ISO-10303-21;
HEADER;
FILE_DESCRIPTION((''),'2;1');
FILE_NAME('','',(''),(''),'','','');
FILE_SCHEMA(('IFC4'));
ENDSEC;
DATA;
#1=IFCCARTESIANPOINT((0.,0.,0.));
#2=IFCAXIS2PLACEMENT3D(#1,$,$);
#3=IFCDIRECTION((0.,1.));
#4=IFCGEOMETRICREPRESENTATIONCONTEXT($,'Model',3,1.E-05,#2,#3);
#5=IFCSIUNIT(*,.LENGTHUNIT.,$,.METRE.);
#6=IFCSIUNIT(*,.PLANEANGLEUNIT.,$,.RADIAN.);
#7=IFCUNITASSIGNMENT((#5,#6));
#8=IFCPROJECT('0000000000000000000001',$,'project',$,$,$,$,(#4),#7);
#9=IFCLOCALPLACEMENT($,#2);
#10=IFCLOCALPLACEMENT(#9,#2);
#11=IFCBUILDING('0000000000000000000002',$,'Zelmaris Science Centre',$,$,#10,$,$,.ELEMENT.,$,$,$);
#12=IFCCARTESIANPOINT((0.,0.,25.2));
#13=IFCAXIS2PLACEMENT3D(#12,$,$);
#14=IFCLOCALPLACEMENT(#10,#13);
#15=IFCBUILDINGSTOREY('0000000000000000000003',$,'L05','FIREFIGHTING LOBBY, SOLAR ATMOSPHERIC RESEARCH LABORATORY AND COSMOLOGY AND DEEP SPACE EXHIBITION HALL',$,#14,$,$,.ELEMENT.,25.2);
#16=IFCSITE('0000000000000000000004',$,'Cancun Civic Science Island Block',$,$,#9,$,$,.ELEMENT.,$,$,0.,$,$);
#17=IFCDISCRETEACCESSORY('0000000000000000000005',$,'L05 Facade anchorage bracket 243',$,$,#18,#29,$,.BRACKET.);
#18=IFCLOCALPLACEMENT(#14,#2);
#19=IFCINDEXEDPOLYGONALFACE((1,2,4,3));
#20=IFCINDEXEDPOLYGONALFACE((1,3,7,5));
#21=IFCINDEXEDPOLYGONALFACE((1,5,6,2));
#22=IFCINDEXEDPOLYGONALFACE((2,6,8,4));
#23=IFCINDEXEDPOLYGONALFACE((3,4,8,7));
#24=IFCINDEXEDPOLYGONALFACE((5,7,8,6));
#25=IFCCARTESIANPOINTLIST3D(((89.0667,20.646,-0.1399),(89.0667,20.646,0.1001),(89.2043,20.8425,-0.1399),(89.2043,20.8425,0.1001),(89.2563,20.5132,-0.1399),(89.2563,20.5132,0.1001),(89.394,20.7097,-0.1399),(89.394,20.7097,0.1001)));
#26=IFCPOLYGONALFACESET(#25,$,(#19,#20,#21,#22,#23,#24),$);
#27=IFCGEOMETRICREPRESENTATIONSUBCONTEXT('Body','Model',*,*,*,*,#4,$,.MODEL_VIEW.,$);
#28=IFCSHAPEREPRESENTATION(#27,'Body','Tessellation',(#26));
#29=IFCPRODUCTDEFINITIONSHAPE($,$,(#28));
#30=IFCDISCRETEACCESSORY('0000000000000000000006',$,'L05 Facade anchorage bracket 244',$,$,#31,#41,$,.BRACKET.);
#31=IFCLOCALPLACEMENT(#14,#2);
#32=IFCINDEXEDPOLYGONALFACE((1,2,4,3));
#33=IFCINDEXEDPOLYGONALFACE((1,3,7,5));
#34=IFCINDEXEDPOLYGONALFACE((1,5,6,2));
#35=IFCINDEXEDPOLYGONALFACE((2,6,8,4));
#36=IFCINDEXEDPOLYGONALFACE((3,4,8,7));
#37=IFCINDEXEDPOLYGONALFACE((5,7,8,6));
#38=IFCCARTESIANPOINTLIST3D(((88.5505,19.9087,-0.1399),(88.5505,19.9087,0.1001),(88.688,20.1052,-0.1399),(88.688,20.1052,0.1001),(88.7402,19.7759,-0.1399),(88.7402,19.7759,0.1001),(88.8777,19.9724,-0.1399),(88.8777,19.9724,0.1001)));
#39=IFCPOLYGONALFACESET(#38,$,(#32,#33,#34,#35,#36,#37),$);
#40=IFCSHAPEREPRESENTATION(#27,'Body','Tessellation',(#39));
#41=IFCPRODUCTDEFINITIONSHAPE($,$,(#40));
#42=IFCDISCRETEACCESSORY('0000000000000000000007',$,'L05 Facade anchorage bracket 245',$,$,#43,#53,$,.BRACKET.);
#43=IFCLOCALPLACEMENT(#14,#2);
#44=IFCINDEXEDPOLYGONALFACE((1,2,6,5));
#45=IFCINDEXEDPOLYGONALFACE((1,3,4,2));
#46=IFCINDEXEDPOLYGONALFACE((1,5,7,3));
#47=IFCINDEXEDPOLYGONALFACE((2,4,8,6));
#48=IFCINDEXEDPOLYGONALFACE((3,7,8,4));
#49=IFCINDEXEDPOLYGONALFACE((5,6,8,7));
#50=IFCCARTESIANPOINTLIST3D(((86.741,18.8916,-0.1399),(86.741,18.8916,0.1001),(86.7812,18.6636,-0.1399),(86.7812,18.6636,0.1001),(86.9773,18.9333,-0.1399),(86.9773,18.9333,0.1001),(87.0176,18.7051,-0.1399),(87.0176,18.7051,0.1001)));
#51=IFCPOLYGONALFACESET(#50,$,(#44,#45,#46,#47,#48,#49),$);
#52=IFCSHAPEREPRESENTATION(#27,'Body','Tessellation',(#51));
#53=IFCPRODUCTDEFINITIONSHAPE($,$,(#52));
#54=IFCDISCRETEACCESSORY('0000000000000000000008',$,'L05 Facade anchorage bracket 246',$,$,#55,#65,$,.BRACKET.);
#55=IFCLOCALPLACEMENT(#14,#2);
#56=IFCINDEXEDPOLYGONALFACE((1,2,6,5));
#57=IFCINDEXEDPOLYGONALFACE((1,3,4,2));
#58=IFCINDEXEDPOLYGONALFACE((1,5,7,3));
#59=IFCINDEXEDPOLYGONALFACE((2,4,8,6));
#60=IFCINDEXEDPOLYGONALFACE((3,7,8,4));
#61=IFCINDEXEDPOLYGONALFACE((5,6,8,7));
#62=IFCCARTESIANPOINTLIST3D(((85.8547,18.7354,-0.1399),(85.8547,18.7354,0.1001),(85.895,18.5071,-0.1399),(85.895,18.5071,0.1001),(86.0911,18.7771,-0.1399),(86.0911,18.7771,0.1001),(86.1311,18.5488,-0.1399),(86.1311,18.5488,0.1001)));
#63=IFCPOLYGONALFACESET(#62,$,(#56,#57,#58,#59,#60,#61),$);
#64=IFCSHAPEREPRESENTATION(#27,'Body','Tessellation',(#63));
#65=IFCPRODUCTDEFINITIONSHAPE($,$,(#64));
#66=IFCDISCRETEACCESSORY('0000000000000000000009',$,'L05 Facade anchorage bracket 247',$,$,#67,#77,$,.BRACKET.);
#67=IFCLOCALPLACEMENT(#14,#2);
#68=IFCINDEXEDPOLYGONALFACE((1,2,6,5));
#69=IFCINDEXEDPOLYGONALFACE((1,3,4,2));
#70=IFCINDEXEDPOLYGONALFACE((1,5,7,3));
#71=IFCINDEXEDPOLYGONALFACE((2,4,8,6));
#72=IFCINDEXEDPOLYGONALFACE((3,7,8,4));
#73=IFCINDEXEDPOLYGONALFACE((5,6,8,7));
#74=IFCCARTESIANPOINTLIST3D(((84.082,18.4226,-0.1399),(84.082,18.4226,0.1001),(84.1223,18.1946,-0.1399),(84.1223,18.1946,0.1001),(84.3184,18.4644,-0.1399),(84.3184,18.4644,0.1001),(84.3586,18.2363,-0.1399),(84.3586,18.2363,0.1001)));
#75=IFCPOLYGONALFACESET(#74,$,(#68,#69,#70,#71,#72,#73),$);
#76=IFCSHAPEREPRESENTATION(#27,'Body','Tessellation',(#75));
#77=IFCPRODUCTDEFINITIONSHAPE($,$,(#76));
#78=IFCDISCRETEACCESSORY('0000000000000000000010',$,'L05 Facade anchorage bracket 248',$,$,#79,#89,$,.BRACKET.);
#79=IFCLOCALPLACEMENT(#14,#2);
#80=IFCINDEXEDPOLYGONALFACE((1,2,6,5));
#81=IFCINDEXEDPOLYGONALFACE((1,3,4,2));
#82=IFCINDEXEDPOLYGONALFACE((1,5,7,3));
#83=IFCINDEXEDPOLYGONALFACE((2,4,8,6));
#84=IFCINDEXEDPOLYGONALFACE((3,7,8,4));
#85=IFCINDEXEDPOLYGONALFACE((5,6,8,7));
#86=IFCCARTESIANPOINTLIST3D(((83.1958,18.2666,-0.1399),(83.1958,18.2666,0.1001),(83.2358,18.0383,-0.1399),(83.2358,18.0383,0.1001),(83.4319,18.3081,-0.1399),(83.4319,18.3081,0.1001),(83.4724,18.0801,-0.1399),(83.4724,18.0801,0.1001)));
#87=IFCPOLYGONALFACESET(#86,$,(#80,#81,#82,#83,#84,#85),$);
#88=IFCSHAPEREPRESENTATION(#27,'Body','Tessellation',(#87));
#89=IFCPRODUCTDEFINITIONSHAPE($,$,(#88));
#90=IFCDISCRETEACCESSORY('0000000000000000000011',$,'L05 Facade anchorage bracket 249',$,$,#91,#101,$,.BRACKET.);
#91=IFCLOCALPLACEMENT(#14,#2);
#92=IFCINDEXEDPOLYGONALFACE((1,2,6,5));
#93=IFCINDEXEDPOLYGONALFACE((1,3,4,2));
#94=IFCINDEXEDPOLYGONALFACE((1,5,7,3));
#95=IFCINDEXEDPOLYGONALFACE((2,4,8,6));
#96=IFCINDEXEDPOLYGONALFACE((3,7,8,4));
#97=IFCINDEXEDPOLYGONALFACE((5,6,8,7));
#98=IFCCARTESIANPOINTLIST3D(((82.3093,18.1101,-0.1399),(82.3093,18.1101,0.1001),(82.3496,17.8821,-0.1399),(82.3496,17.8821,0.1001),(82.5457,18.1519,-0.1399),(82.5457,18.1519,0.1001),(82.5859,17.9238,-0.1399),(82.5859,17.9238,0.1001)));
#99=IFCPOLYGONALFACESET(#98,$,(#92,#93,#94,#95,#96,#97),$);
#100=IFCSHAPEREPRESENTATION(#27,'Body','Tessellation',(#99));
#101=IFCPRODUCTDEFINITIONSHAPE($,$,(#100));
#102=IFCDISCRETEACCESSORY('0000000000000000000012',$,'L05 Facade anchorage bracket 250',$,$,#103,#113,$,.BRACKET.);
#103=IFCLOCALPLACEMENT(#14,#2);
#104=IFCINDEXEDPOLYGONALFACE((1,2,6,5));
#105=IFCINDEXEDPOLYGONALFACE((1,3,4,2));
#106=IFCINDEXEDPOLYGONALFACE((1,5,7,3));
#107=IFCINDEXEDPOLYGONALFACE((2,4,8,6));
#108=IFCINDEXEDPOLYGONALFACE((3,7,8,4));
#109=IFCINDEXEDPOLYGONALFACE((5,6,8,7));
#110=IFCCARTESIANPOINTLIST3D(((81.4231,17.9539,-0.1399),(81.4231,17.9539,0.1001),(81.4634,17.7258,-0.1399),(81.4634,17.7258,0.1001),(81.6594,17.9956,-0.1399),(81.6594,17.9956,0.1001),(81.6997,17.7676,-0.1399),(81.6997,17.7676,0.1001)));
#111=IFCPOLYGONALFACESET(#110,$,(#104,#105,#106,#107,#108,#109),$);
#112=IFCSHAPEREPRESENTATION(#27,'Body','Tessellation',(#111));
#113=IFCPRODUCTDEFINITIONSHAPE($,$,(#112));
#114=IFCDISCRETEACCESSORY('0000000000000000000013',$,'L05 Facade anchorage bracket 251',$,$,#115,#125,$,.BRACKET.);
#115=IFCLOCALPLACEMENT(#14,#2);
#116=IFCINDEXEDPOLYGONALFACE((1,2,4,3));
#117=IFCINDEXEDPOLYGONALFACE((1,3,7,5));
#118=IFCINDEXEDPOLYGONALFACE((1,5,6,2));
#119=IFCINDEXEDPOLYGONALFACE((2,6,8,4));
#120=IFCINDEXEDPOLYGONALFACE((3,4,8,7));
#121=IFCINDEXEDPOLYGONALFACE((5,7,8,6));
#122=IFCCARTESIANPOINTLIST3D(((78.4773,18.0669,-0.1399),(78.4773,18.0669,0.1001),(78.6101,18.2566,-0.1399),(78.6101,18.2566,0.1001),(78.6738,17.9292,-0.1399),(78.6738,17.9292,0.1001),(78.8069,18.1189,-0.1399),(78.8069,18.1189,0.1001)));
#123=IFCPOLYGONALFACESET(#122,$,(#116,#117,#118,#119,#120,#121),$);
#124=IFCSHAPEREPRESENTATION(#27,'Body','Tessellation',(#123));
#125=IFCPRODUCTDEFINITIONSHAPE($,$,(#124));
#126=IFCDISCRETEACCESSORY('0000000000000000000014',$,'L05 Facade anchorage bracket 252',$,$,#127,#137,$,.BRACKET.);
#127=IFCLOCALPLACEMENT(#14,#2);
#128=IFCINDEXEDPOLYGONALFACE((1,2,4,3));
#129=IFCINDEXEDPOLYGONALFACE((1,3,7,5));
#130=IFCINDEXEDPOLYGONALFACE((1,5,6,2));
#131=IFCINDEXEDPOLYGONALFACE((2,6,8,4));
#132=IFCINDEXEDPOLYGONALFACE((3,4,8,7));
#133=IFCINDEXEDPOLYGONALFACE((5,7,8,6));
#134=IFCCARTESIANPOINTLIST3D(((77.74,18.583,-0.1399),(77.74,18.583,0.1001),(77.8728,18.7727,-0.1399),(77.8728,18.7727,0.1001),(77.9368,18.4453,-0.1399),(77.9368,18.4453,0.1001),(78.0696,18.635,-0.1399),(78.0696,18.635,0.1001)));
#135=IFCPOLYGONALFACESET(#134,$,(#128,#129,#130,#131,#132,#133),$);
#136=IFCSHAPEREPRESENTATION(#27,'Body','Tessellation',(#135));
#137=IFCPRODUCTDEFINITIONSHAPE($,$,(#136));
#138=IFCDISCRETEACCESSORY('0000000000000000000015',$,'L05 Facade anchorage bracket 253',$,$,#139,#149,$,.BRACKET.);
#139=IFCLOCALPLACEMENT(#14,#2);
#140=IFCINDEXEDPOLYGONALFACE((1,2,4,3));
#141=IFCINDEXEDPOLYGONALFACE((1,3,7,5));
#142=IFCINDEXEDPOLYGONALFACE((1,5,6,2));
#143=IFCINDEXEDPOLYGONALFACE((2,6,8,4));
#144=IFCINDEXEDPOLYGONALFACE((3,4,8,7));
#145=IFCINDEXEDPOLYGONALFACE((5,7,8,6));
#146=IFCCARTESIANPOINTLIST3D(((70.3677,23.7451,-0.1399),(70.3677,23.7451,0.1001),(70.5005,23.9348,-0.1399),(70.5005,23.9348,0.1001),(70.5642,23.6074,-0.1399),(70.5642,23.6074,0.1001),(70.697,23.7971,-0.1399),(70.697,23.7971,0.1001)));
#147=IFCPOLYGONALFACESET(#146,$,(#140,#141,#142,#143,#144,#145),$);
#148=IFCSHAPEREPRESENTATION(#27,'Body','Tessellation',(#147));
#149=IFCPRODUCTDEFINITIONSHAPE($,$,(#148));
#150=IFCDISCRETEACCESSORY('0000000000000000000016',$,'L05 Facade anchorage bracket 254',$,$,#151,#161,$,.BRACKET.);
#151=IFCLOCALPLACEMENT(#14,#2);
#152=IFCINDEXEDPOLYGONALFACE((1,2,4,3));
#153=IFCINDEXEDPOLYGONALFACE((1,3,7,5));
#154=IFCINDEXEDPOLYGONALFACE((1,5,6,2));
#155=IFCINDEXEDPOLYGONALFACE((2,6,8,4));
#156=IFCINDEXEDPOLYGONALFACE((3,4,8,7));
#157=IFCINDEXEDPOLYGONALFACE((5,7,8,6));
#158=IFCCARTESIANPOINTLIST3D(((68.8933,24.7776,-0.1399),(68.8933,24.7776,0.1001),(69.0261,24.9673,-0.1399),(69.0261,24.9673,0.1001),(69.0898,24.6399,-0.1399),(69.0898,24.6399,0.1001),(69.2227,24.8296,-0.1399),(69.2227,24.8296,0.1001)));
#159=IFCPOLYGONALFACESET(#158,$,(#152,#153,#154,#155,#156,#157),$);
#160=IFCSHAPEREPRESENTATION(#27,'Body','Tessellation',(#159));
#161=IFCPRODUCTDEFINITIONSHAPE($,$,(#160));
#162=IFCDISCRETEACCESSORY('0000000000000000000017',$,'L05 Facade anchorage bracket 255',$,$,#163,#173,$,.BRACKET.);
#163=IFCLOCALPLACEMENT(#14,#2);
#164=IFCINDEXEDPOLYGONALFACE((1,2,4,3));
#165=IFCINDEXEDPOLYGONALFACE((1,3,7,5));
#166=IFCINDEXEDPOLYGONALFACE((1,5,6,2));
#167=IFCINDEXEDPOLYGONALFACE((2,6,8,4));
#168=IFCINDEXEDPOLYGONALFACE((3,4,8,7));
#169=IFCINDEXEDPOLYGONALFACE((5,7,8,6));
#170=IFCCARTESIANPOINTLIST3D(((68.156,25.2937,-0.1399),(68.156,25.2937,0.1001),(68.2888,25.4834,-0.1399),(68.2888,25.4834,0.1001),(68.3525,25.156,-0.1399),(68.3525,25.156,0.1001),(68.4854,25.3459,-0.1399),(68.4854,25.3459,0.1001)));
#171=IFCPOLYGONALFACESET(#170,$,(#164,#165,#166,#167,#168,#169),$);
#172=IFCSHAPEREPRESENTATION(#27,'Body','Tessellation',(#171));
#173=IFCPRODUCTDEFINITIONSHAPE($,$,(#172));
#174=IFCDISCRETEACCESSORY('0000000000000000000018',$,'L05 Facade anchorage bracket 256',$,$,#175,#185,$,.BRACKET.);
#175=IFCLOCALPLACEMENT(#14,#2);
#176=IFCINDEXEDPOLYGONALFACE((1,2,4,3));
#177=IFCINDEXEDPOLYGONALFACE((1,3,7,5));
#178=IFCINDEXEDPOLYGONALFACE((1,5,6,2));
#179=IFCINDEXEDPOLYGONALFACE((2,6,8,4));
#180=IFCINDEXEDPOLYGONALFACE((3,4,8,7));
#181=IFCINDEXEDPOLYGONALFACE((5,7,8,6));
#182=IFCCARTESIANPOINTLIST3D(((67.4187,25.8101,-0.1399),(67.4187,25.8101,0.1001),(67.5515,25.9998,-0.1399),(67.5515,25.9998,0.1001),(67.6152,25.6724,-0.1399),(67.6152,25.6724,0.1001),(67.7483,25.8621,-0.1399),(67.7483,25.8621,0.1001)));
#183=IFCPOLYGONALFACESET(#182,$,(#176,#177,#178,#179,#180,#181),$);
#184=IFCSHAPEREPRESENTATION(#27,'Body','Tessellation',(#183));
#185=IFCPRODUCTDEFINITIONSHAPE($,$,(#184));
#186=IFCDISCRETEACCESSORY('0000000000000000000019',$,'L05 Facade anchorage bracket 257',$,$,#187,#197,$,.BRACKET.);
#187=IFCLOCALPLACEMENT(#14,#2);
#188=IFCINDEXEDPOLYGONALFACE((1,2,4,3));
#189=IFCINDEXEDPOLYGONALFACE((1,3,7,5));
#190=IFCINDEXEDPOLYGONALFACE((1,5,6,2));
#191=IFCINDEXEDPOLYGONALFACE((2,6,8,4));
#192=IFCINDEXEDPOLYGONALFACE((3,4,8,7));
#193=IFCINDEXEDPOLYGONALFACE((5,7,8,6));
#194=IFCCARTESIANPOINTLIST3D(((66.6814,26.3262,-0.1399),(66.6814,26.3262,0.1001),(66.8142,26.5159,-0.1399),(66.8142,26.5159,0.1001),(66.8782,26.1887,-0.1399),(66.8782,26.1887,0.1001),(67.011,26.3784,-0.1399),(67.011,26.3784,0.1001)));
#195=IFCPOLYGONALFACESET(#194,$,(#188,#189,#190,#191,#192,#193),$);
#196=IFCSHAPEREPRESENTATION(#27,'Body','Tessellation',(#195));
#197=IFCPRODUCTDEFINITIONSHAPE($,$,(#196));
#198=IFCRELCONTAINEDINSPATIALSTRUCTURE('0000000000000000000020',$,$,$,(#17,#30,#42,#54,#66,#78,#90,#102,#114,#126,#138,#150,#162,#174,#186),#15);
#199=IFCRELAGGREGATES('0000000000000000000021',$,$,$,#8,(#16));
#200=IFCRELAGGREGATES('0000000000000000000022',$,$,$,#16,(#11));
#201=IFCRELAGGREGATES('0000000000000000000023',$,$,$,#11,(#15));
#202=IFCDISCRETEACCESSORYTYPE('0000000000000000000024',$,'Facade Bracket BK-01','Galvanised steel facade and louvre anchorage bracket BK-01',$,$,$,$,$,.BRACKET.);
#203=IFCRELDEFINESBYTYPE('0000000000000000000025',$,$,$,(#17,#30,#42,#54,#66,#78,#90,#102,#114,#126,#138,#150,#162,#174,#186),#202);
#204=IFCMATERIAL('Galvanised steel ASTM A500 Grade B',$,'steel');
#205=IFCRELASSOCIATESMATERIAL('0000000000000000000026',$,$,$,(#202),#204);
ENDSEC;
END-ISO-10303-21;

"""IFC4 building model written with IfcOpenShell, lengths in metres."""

from ifc_helpers import new_model, si_unit, direction, frame, origin, place, context, subcontext, project, spatial, polyline, outline, extrude, material, type_object, element, save


model = new_model("IFC4")

# Units and contexts
model_context = context("Model", 3, precision=1e-05, world=origin(), true_north=direction((0.0, 1.0)))
body_context = subcontext(model_context, "Body", "Model", "MODEL_VIEW")
ifc_project = project(units=[si_unit("LENGTHUNIT", "METRE"), si_unit("PLANEANGLEUNIT", "RADIAN")], contexts=[model_context])

# Site, building, storey
site_placement = place(None, origin())
site = spatial("IfcSite", under=ifc_project, at=site_placement, Name="Cancun Civic Science Island Block", CompositionType="ELEMENT", RefElevation=0.0)
building_placement = place(site_placement, origin())
building = spatial("IfcBuilding", under=site, at=building_placement, Name="Zelmaris Science Centre", CompositionType="ELEMENT")
storey_placement = place(building_placement, frame((0.0, 0.0, 25.2)))
storey = spatial("IfcBuildingStorey", under=building, at=storey_placement, Name="L05", Description="FIREFIGHTING LOBBY, SOLAR ATMOSPHERIC RESEARCH LABORATORY AND COSMOLOGY AND DEEP SPACE EXHIBITION HALL", CompositionType="ELEMENT", Elevation=25.2)

# Discrete accessories
ifc_material = material(Name="Galvanised steel ASTM A500 Grade B", Category="steel")
discrete_accessory_type = type_object("IfcDiscreteAccessoryType", Name="Facade Bracket BK-01", Description="Galvanised steel facade and louvre anchorage bracket BK-01", PredefinedType="BRACKET", material=ifc_material)
discrete_accessory_1_placement = place(storey_placement, frame((0.0, 0.0, -0.1399)))
element("IfcDiscreteAccessory", 1, at=discrete_accessory_1_placement, inside=storey, type_object=discrete_accessory_type, Name="L05 Facade anchorage bracket 243", PredefinedType="BRACKET", context=body_context, shape_type="SweptSolid", body=[
    extrude(outline(polyline([(89.2043, 20.8425), (89.0667, 20.646), (89.2563, 20.5132), (89.394, 20.7097), (89.2043, 20.8425)])), origin(), (0.0, 0.0, 1.0), 0.24),
])
discrete_accessory_2_placement = place(storey_placement, frame((0.0, 0.0, -0.1399)))
element("IfcDiscreteAccessory", 2, at=discrete_accessory_2_placement, inside=storey, type_object=discrete_accessory_type, Name="L05 Facade anchorage bracket 244", PredefinedType="BRACKET", context=body_context, shape_type="SweptSolid", body=[
    extrude(outline(polyline([(88.688, 20.1052), (88.5505, 19.9087), (88.7402, 19.7759), (88.8777, 19.9724), (88.688, 20.1052)])), origin(), (0.0, 0.0, 1.0), 0.24),
])
discrete_accessory_3_placement = place(storey_placement, frame((0.0, 0.0, -0.1399)))
element("IfcDiscreteAccessory", 3, at=discrete_accessory_3_placement, inside=storey, type_object=discrete_accessory_type, Name="L05 Facade anchorage bracket 245", PredefinedType="BRACKET", context=body_context, shape_type="SweptSolid", body=[
    extrude(outline(polyline([(86.9773, 18.9333), (86.741, 18.8916), (86.7812, 18.6636), (87.0176, 18.7051), (86.9773, 18.9333)])), origin(), (0.0, 0.0, 1.0), 0.24),
])
discrete_accessory_4_placement = place(storey_placement, frame((0.0, 0.0, -0.1399)))
element("IfcDiscreteAccessory", 4, at=discrete_accessory_4_placement, inside=storey, type_object=discrete_accessory_type, Name="L05 Facade anchorage bracket 246", PredefinedType="BRACKET", context=body_context, shape_type="SweptSolid", body=[
    extrude(outline(polyline([(86.0911, 18.7771), (85.8547, 18.7354), (85.895, 18.5071), (86.1311, 18.5488), (86.0911, 18.7771)])), origin(), (0.0, 0.0, 1.0), 0.24),
])
discrete_accessory_5_placement = place(storey_placement, frame((0.0, 0.0, -0.1399)))
element("IfcDiscreteAccessory", 5, at=discrete_accessory_5_placement, inside=storey, type_object=discrete_accessory_type, Name="L05 Facade anchorage bracket 247", PredefinedType="BRACKET", context=body_context, shape_type="SweptSolid", body=[
    extrude(outline(polyline([(84.3184, 18.4644), (84.082, 18.4226), (84.1223, 18.1946), (84.3586, 18.2363), (84.3184, 18.4644)])), origin(), (0.0, 0.0, 1.0), 0.24),
])
discrete_accessory_6_placement = place(storey_placement, frame((0.0, 0.0, -0.1399)))
element("IfcDiscreteAccessory", 6, at=discrete_accessory_6_placement, inside=storey, type_object=discrete_accessory_type, Name="L05 Facade anchorage bracket 248", PredefinedType="BRACKET", context=body_context, shape_type="SweptSolid", body=[
    extrude(outline(polyline([(83.4319, 18.3081), (83.1958, 18.2666), (83.2358, 18.0383), (83.4724, 18.0801), (83.4319, 18.3081)])), origin(), (0.0, 0.0, 1.0), 0.24),
])
discrete_accessory_7_placement = place(storey_placement, frame((0.0, 0.0, -0.1399)))
element("IfcDiscreteAccessory", 7, at=discrete_accessory_7_placement, inside=storey, type_object=discrete_accessory_type, Name="L05 Facade anchorage bracket 249", PredefinedType="BRACKET", context=body_context, shape_type="SweptSolid", body=[
    extrude(outline(polyline([(82.5457, 18.1519), (82.3093, 18.1101), (82.3496, 17.8821), (82.5859, 17.9238), (82.5457, 18.1519)])), origin(), (0.0, 0.0, 1.0), 0.24),
])
discrete_accessory_8_placement = place(storey_placement, frame((0.0, 0.0, -0.1399)))
element("IfcDiscreteAccessory", 8, at=discrete_accessory_8_placement, inside=storey, type_object=discrete_accessory_type, Name="L05 Facade anchorage bracket 250", PredefinedType="BRACKET", context=body_context, shape_type="SweptSolid", body=[
    extrude(outline(polyline([(81.6594, 17.9956), (81.4231, 17.9539), (81.4634, 17.7258), (81.6997, 17.7676), (81.6594, 17.9956)])), origin(), (0.0, 0.0, 1.0), 0.24),
])
discrete_accessory_9_placement = place(storey_placement, frame((0.0, 0.0, -0.1399)))
element("IfcDiscreteAccessory", 9, at=discrete_accessory_9_placement, inside=storey, type_object=discrete_accessory_type, Name="L05 Facade anchorage bracket 251", PredefinedType="BRACKET", context=body_context, shape_type="SweptSolid", body=[
    extrude(outline(polyline([(78.8069, 18.1189), (78.6101, 18.2566), (78.4773, 18.0669), (78.6738, 17.9292), (78.8069, 18.1189)])), origin(), (0.0, 0.0, 1.0), 0.24),
])
discrete_accessory_10_placement = place(storey_placement, frame((0.0, 0.0, -0.1399)))
element("IfcDiscreteAccessory", 10, at=discrete_accessory_10_placement, inside=storey, type_object=discrete_accessory_type, Name="L05 Facade anchorage bracket 252", PredefinedType="BRACKET", context=body_context, shape_type="SweptSolid", body=[
    extrude(outline(polyline([(78.0696, 18.635), (77.8728, 18.7727), (77.74, 18.583), (77.9368, 18.4453), (78.0696, 18.635)])), origin(), (0.0, 0.0, 1.0), 0.24),
])
discrete_accessory_11_placement = place(storey_placement, frame((0.0, 0.0, -0.1399)))
element("IfcDiscreteAccessory", 11, at=discrete_accessory_11_placement, inside=storey, type_object=discrete_accessory_type, Name="L05 Facade anchorage bracket 253", PredefinedType="BRACKET", context=body_context, shape_type="SweptSolid", body=[
    extrude(outline(polyline([(70.697, 23.7971), (70.5005, 23.9348), (70.3677, 23.7451), (70.5642, 23.6074), (70.697, 23.7971)])), origin(), (0.0, 0.0, 1.0), 0.24),
])
discrete_accessory_12_placement = place(storey_placement, frame((0.0, 0.0, -0.1399)))
element("IfcDiscreteAccessory", 12, at=discrete_accessory_12_placement, inside=storey, type_object=discrete_accessory_type, Name="L05 Facade anchorage bracket 254", PredefinedType="BRACKET", context=body_context, shape_type="SweptSolid", body=[
    extrude(outline(polyline([(69.2227, 24.8296), (69.0261, 24.9673), (68.8933, 24.7776), (69.0898, 24.6399), (69.2227, 24.8296)])), origin(), (0.0, 0.0, 1.0), 0.24),
])
discrete_accessory_13_placement = place(storey_placement, frame((0.0, 0.0, -0.1399)))
element("IfcDiscreteAccessory", 13, at=discrete_accessory_13_placement, inside=storey, type_object=discrete_accessory_type, Name="L05 Facade anchorage bracket 255", PredefinedType="BRACKET", context=body_context, shape_type="SweptSolid", body=[
    extrude(outline(polyline([(68.4854, 25.3459), (68.2888, 25.4834), (68.156, 25.2937), (68.3525, 25.156), (68.4854, 25.3459)])), origin(), (0.0, 0.0, 1.0), 0.24),
])
discrete_accessory_14_placement = place(storey_placement, frame((0.0, 0.0, -0.1399)))
element("IfcDiscreteAccessory", 14, at=discrete_accessory_14_placement, inside=storey, type_object=discrete_accessory_type, Name="L05 Facade anchorage bracket 256", PredefinedType="BRACKET", context=body_context, shape_type="SweptSolid", body=[
    extrude(outline(polyline([(67.7483, 25.8621), (67.5515, 25.9998), (67.4187, 25.8101), (67.6152, 25.6724), (67.7483, 25.8621)])), origin(), (0.0, 0.0, 1.0), 0.24),
])
discrete_accessory_15_placement = place(storey_placement, frame((0.0, 0.0, -0.1399)))
element("IfcDiscreteAccessory", 15, at=discrete_accessory_15_placement, inside=storey, type_object=discrete_accessory_type, Name="L05 Facade anchorage bracket 257", PredefinedType="BRACKET", context=body_context, shape_type="SweptSolid", body=[
    extrude(outline(polyline([(67.011, 26.3784), (66.8142, 26.5159), (66.6814, 26.3262), (66.8782, 26.1887), (67.011, 26.3784)])), origin(), (0.0, 0.0, 1.0), 0.24),
])

save(model, "model.ifc")
